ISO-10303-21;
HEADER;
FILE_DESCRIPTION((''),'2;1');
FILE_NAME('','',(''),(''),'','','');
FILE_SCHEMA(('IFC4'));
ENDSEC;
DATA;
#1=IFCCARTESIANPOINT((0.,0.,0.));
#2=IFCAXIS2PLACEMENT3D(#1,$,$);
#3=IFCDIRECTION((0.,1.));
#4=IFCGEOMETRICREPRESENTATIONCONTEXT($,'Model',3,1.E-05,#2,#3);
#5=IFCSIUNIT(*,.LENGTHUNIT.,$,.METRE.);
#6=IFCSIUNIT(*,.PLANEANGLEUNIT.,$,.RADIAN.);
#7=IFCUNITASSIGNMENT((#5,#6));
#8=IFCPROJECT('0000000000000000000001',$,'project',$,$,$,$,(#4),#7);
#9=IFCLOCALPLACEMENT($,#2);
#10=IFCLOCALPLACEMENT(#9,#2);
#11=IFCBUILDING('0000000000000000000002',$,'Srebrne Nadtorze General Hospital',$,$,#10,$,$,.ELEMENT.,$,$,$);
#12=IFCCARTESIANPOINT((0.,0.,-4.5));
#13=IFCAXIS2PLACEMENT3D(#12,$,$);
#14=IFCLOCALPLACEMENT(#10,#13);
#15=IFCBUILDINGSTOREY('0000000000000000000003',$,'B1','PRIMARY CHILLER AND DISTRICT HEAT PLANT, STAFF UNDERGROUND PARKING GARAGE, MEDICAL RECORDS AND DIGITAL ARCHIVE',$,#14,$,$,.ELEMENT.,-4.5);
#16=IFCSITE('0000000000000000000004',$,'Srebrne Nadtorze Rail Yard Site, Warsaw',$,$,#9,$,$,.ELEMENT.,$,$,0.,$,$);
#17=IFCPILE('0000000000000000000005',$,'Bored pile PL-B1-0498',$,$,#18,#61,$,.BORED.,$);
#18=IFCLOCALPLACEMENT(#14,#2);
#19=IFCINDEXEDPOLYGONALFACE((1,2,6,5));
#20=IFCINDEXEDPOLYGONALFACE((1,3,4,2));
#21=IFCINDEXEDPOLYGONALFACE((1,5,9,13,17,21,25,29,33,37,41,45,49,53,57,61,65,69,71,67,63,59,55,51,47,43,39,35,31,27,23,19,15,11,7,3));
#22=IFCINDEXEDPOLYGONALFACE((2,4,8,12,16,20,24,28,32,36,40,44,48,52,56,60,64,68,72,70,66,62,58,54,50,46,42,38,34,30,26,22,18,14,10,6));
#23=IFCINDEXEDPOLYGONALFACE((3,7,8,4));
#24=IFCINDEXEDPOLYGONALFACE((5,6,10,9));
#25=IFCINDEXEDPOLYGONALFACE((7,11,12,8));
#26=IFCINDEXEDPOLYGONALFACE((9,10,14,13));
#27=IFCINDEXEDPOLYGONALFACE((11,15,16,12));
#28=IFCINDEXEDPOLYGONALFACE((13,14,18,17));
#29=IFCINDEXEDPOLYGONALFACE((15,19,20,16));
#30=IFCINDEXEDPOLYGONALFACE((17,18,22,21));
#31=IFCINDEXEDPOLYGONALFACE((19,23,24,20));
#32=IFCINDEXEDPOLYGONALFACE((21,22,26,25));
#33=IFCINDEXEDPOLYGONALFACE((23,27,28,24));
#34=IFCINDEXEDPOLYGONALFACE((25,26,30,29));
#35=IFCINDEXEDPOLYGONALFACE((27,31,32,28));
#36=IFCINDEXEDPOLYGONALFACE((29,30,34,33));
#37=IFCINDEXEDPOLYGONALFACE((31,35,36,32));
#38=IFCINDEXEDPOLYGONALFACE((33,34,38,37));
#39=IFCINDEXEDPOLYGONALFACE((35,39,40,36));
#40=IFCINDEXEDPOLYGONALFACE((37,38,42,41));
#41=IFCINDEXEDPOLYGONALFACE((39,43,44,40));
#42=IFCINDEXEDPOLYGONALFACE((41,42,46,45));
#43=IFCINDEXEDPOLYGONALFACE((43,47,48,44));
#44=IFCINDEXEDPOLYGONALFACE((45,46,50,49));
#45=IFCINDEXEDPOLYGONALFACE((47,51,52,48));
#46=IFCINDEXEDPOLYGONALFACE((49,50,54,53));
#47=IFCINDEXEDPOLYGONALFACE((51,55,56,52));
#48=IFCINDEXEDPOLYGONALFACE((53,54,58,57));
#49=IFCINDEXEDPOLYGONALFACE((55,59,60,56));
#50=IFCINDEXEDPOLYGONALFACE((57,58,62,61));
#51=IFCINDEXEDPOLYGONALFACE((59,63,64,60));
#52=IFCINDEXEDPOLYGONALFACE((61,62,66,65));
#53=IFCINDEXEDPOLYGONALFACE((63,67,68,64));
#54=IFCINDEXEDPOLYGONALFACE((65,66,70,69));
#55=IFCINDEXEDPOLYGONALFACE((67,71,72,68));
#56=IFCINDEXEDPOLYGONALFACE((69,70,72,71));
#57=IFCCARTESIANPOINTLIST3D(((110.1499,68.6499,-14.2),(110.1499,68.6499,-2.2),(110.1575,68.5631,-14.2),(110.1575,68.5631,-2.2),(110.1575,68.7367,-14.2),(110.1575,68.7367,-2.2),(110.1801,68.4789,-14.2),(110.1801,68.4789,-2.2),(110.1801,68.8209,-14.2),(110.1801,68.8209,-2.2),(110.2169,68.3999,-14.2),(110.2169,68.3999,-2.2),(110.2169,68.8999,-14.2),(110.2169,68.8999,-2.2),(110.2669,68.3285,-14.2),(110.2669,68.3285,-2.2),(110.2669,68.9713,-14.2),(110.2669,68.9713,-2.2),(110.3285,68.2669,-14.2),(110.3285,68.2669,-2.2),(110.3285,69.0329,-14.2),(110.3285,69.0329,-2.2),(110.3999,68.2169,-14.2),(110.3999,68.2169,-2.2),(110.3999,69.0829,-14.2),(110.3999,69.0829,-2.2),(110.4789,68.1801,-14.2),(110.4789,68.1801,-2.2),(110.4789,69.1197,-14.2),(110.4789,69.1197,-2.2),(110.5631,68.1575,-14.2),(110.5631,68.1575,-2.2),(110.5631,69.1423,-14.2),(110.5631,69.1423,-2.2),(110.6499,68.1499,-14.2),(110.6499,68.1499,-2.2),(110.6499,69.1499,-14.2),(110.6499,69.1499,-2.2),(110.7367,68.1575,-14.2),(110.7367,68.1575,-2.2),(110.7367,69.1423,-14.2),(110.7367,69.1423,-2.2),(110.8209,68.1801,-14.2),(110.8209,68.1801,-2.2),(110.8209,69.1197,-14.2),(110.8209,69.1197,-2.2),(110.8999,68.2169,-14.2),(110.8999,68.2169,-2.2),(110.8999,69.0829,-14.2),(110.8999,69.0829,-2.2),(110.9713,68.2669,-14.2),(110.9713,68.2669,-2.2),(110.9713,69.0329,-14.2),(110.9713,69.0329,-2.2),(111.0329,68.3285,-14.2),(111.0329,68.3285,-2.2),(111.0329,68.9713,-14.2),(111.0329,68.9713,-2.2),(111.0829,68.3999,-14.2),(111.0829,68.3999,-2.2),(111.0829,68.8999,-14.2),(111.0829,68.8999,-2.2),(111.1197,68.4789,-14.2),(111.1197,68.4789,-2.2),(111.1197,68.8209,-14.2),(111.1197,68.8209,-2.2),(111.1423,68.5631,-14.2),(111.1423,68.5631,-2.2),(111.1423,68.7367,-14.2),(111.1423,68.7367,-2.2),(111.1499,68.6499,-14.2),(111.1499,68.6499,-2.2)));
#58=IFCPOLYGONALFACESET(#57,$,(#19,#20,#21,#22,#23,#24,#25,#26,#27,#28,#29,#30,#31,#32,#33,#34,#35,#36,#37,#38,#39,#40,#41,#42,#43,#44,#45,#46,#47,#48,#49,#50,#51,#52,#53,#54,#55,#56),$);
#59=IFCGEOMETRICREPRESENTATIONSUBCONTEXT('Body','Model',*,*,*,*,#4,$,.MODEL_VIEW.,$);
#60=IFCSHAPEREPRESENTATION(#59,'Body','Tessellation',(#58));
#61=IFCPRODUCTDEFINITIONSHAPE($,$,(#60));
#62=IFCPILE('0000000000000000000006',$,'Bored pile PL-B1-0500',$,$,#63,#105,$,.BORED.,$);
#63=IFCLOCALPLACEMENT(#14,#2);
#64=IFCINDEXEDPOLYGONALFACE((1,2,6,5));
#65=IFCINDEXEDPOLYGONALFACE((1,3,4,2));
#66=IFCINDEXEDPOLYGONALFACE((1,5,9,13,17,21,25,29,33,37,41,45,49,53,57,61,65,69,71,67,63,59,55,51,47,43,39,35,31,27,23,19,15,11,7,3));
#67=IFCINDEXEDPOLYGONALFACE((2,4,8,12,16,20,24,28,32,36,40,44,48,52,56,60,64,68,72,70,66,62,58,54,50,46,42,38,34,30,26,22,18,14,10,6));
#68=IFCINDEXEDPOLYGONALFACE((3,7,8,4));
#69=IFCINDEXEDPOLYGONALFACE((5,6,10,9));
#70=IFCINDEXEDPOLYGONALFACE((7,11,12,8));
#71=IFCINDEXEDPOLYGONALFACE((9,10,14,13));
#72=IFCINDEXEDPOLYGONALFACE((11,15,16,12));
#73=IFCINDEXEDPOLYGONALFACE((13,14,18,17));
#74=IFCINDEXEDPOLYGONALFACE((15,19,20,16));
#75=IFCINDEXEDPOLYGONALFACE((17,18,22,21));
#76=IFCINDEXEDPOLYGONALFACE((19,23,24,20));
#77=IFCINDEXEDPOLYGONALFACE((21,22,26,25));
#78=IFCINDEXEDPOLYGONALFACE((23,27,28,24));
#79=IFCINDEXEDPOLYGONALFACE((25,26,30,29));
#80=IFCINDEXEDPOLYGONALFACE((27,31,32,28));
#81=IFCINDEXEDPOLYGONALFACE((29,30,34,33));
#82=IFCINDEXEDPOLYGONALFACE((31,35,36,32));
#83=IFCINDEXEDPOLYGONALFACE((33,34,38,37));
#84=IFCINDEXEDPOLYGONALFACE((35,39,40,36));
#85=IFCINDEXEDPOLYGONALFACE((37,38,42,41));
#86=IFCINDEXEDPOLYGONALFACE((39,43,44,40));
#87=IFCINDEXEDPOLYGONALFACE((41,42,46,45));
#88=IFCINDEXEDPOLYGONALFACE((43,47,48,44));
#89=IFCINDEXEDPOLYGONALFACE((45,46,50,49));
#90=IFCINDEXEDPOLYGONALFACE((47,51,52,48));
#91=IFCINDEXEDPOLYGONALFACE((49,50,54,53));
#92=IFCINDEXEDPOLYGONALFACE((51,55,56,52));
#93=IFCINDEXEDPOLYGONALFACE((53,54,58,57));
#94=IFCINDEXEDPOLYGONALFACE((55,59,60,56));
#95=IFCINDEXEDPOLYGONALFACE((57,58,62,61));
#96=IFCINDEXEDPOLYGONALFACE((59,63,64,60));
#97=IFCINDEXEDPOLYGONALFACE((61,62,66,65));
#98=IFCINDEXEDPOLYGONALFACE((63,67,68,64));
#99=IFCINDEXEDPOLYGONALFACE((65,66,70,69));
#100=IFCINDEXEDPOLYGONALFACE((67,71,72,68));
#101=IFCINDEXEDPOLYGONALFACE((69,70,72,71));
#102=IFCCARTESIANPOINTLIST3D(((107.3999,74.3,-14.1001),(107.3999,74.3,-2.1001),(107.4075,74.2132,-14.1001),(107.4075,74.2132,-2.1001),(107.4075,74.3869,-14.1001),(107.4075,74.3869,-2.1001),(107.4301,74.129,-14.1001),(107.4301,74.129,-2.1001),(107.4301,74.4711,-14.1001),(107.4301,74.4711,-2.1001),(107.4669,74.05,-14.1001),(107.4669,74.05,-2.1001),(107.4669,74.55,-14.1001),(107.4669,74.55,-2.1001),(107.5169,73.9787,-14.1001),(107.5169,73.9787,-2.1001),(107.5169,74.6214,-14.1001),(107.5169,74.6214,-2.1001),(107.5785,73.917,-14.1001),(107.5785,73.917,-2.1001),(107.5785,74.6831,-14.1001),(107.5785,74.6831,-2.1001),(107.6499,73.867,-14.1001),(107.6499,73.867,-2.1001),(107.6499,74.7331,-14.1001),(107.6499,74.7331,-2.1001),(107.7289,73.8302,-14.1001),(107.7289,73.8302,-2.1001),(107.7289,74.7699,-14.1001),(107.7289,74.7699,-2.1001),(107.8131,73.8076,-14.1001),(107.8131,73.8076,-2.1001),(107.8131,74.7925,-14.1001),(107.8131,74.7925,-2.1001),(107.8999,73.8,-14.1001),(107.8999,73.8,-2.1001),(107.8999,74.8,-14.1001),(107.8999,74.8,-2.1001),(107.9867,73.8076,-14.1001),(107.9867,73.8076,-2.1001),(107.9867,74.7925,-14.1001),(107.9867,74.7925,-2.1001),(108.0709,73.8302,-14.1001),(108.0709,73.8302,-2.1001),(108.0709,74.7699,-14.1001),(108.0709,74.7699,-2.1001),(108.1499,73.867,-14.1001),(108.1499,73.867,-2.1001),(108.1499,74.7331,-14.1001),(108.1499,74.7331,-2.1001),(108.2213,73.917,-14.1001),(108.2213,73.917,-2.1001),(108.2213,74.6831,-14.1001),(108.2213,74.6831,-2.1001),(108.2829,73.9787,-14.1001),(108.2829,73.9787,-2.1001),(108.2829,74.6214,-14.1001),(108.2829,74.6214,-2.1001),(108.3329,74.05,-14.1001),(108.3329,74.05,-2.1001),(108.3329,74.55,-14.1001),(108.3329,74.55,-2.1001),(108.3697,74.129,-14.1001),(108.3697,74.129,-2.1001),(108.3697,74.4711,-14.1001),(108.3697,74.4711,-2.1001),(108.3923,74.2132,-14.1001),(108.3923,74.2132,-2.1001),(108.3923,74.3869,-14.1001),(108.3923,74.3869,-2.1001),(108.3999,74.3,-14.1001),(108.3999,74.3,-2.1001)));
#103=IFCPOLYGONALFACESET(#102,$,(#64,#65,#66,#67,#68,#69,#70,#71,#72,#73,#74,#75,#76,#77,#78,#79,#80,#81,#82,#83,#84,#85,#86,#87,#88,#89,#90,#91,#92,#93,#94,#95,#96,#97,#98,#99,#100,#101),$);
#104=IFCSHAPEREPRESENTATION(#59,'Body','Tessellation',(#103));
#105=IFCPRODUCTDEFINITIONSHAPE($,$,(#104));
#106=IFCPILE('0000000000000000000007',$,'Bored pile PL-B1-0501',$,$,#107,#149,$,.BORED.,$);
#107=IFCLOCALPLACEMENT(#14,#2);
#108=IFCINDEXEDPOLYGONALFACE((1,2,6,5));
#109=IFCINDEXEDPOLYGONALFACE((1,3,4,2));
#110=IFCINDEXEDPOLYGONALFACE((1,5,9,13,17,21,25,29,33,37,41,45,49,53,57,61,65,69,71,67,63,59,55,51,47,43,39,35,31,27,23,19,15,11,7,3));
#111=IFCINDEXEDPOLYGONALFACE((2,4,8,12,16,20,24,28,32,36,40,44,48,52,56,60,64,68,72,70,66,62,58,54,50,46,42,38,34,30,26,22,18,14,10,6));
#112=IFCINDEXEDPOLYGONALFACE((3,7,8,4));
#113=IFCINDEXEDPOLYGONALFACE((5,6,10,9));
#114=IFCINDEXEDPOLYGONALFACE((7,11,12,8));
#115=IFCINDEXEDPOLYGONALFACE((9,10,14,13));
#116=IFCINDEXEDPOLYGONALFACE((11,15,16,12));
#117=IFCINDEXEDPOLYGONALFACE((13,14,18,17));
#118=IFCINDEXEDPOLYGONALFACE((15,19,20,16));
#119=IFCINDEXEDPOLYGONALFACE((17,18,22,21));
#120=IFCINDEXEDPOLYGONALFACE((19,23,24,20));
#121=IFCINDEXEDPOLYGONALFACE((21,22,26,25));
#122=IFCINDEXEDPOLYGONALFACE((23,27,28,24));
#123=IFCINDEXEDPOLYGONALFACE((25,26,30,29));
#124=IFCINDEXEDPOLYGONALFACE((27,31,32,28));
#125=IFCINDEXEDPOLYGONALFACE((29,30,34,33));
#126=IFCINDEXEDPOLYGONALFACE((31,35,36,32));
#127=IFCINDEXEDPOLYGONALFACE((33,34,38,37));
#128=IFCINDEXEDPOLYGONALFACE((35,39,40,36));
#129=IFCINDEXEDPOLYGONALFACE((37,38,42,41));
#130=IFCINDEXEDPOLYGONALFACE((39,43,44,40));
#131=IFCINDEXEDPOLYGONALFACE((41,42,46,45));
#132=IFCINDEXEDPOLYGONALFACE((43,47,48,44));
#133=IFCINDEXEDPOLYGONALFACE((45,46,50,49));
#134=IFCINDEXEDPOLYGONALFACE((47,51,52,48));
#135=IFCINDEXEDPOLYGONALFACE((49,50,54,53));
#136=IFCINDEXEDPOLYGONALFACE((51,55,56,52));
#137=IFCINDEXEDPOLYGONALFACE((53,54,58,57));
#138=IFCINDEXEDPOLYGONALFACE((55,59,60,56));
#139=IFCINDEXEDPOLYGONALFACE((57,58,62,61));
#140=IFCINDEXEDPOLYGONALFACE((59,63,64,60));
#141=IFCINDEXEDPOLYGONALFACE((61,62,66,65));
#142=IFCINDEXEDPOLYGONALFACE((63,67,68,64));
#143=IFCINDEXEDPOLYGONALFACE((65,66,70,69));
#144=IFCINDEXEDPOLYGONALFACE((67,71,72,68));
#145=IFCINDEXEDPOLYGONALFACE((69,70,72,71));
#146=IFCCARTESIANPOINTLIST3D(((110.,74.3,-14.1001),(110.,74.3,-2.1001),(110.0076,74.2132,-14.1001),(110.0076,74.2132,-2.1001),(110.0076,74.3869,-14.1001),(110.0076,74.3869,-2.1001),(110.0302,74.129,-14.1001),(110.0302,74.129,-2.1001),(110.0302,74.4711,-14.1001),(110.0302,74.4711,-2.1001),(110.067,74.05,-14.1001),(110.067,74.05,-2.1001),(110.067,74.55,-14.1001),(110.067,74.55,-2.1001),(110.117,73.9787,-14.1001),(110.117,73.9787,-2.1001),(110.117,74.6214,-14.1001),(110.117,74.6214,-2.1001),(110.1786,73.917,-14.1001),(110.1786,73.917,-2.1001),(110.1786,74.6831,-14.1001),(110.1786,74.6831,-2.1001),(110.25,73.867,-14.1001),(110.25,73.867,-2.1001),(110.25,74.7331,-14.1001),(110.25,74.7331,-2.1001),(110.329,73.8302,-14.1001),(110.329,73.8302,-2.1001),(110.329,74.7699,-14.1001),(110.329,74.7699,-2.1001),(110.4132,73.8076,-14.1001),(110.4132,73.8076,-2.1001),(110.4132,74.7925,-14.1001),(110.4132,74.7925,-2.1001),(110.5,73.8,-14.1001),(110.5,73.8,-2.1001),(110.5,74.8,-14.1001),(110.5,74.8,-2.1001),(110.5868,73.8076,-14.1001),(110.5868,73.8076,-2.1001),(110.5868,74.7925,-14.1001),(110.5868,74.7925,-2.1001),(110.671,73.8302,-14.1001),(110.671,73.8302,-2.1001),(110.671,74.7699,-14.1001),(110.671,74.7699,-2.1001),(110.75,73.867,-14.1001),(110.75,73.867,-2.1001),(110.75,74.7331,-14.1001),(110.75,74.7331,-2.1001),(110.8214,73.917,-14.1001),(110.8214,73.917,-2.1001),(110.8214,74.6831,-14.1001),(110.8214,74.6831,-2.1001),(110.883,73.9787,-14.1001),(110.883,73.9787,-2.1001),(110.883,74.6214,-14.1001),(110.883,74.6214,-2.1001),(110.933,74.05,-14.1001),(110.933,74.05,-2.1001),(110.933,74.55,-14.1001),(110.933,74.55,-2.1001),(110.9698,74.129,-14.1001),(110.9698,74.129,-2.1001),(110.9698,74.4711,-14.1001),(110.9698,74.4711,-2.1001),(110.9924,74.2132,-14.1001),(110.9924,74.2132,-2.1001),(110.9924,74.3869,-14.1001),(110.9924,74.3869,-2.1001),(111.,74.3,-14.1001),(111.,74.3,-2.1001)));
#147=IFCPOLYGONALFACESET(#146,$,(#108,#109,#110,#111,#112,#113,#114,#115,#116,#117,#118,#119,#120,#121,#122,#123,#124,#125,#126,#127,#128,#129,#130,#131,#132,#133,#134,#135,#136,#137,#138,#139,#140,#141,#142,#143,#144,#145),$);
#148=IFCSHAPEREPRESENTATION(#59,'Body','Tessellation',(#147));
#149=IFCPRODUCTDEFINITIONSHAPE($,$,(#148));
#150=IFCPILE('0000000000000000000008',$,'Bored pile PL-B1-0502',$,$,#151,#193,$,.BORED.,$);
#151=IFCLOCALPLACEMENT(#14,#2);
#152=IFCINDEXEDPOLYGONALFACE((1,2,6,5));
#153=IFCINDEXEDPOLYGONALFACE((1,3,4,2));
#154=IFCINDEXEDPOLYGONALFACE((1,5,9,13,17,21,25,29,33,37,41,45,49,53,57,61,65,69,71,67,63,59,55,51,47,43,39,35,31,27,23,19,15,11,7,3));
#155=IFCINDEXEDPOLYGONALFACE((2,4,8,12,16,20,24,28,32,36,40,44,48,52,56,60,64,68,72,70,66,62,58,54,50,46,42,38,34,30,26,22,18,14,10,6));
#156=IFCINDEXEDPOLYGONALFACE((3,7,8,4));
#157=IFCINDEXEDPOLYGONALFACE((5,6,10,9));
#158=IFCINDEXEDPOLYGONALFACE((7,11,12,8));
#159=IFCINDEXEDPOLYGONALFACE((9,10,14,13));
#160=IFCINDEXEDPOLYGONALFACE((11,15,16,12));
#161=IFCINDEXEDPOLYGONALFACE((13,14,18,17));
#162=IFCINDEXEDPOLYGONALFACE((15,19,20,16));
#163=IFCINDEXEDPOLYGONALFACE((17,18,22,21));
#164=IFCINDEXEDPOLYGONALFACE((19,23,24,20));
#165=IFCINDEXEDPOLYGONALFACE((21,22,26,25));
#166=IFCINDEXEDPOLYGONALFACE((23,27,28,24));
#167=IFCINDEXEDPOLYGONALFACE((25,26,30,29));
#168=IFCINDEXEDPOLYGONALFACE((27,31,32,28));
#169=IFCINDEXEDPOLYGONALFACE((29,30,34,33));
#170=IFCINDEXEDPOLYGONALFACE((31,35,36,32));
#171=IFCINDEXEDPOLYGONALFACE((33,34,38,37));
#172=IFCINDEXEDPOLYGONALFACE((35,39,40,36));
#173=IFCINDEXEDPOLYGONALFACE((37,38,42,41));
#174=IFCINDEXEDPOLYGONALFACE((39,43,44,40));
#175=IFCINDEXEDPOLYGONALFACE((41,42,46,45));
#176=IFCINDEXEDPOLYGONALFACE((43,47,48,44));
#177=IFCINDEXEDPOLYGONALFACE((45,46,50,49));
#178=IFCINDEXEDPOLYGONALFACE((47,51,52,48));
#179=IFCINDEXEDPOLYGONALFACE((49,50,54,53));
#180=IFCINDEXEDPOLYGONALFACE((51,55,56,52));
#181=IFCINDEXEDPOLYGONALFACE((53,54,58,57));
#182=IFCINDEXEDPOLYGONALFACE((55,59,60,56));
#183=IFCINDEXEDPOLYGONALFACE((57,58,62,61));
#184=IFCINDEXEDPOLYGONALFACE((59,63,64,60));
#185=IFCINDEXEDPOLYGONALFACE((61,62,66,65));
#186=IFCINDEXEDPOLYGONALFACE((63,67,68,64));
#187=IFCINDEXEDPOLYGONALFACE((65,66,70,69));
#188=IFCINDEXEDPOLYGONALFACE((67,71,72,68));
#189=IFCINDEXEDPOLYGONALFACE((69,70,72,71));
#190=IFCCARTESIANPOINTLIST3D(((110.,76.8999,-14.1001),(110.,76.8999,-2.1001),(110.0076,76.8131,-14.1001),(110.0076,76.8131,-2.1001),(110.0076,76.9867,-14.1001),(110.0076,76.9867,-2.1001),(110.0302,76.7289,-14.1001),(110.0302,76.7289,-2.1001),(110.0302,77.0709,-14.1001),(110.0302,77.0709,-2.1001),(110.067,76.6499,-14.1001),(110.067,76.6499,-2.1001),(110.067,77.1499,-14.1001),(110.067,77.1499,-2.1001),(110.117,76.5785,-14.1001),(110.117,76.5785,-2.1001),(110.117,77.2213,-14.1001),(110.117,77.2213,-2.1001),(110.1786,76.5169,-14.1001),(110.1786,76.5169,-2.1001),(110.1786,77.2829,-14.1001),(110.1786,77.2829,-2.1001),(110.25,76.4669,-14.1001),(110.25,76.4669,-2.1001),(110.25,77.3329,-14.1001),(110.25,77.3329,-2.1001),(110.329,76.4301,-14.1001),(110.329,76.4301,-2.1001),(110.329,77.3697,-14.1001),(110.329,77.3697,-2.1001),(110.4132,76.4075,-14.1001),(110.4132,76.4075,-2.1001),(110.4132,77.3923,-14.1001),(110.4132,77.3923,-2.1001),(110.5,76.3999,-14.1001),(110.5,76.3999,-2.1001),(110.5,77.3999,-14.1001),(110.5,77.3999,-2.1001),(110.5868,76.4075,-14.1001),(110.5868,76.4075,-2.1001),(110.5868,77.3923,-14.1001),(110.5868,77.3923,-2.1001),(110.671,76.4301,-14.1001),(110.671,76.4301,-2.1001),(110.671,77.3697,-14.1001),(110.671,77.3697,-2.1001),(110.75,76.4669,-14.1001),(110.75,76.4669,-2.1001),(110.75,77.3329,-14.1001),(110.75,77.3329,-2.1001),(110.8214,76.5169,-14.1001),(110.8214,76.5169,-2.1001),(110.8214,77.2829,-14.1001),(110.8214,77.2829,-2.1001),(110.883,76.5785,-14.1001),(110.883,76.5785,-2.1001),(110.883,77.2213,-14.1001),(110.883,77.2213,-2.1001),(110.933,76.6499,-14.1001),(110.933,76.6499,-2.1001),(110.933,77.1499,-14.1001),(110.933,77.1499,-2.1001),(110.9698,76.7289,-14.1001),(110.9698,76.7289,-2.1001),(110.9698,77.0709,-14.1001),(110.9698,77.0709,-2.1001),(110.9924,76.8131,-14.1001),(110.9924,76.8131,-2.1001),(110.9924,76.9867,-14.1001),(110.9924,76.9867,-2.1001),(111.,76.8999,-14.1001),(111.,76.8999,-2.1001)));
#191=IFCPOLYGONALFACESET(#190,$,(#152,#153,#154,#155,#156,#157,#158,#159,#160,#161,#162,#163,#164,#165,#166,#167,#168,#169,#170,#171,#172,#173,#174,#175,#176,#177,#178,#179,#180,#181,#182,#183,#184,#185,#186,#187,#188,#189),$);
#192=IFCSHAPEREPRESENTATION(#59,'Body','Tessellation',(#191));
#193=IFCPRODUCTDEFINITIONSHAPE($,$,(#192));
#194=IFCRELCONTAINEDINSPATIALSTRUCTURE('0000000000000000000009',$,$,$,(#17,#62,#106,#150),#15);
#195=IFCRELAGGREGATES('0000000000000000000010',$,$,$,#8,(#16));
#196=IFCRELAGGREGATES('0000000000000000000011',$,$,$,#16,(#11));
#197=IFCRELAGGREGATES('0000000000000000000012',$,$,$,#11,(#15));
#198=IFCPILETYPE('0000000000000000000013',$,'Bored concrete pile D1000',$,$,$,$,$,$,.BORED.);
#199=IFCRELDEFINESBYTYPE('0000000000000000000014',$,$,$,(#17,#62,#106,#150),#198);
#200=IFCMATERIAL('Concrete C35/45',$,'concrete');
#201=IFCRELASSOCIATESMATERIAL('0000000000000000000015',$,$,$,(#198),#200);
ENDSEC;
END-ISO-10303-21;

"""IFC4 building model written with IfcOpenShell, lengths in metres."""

from ifc_helpers import new_model, si_unit, direction, frame, origin, origin_2d, place, context, subcontext, project, spatial, circle, extrude, material, material_profile, profile_set, type_object, element, save


model = new_model("IFC4")

# Units and contexts
model_context = context("Model", 3, precision=1e-05, world=origin(), true_north=direction((0.0, 1.0)))
body_context = subcontext(model_context, "Body", "Model", "MODEL_VIEW")
ifc_project = project(units=[si_unit("LENGTHUNIT", "METRE"), si_unit("PLANEANGLEUNIT", "RADIAN")], contexts=[model_context])

# Site, building, storey
site_placement = place(None, origin())
site = spatial("IfcSite", under=ifc_project, at=site_placement, Name="Srebrne Nadtorze Rail Yard Site, Warsaw", CompositionType="ELEMENT", RefElevation=0.0)
building_placement = place(site_placement, origin())
building = spatial("IfcBuilding", under=site, at=building_placement, Name="Srebrne Nadtorze General Hospital", CompositionType="ELEMENT")
storey_placement = place(building_placement, frame((0.0, 0.0, -4.5)))
storey = spatial("IfcBuildingStorey", under=building, at=storey_placement, Name="B1", Description="PRIMARY CHILLER AND DISTRICT HEAT PLANT, STAFF UNDERGROUND PARKING GARAGE, MEDICAL RECORDS AND DIGITAL ARCHIVE", CompositionType="ELEMENT", Elevation=-4.5)

# Piles
ifc_material_1 = material(Name="Concrete C35/45", Category="concrete")
ifc_material_profile_1 = material_profile(ifc_material_1, circle(Radius=0.5, at=origin_2d()), Name="PILE-D1000")
ifc_profile_set_1 = profile_set([ifc_material_profile_1], Name="Concrete C35/45")
pile_type_1 = type_object("IfcPileType", Name="Bored concrete pile D1000", PredefinedType="BORED", material=ifc_profile_set_1)
for number, where, z_axis, x_axis, name in (
    (1, (110.6499, 68.6499, -2.2), (0.0, 0.0, -1.0), (1.0, 0.0, 0.0), "Bored pile PL-B1-0498"),
    (2, (107.8999, 74.3, -2.1001), (0.0, 0.0, -1.0), (1.0, 0.0, 0.0), "Bored pile PL-B1-0500"),
    (3, (110.5, 74.3, -2.1001), (0.0, 0.0, -1.0), (1.0, 0.0, 0.0), "Bored pile PL-B1-0501"),
    (4, (110.5, 76.8999, -2.1001), (0.0, 0.0, -1.0), (1.0, 0.0, 0.0), "Bored pile PL-B1-0502"),
):
    element("IfcPile", number, at=place(storey_placement, frame(where, z_axis=z_axis, x_axis=x_axis)), inside=storey, type_object=pile_type_1, Name=name, PredefinedType="BORED", context=body_context, shape_type="SweptSolid", body=[
        extrude(circle(Radius=0.5, at=origin_2d()), origin(), (0.0, 0.0, 1.0), 12.0),
    ])

save(model, "model.ifc")
